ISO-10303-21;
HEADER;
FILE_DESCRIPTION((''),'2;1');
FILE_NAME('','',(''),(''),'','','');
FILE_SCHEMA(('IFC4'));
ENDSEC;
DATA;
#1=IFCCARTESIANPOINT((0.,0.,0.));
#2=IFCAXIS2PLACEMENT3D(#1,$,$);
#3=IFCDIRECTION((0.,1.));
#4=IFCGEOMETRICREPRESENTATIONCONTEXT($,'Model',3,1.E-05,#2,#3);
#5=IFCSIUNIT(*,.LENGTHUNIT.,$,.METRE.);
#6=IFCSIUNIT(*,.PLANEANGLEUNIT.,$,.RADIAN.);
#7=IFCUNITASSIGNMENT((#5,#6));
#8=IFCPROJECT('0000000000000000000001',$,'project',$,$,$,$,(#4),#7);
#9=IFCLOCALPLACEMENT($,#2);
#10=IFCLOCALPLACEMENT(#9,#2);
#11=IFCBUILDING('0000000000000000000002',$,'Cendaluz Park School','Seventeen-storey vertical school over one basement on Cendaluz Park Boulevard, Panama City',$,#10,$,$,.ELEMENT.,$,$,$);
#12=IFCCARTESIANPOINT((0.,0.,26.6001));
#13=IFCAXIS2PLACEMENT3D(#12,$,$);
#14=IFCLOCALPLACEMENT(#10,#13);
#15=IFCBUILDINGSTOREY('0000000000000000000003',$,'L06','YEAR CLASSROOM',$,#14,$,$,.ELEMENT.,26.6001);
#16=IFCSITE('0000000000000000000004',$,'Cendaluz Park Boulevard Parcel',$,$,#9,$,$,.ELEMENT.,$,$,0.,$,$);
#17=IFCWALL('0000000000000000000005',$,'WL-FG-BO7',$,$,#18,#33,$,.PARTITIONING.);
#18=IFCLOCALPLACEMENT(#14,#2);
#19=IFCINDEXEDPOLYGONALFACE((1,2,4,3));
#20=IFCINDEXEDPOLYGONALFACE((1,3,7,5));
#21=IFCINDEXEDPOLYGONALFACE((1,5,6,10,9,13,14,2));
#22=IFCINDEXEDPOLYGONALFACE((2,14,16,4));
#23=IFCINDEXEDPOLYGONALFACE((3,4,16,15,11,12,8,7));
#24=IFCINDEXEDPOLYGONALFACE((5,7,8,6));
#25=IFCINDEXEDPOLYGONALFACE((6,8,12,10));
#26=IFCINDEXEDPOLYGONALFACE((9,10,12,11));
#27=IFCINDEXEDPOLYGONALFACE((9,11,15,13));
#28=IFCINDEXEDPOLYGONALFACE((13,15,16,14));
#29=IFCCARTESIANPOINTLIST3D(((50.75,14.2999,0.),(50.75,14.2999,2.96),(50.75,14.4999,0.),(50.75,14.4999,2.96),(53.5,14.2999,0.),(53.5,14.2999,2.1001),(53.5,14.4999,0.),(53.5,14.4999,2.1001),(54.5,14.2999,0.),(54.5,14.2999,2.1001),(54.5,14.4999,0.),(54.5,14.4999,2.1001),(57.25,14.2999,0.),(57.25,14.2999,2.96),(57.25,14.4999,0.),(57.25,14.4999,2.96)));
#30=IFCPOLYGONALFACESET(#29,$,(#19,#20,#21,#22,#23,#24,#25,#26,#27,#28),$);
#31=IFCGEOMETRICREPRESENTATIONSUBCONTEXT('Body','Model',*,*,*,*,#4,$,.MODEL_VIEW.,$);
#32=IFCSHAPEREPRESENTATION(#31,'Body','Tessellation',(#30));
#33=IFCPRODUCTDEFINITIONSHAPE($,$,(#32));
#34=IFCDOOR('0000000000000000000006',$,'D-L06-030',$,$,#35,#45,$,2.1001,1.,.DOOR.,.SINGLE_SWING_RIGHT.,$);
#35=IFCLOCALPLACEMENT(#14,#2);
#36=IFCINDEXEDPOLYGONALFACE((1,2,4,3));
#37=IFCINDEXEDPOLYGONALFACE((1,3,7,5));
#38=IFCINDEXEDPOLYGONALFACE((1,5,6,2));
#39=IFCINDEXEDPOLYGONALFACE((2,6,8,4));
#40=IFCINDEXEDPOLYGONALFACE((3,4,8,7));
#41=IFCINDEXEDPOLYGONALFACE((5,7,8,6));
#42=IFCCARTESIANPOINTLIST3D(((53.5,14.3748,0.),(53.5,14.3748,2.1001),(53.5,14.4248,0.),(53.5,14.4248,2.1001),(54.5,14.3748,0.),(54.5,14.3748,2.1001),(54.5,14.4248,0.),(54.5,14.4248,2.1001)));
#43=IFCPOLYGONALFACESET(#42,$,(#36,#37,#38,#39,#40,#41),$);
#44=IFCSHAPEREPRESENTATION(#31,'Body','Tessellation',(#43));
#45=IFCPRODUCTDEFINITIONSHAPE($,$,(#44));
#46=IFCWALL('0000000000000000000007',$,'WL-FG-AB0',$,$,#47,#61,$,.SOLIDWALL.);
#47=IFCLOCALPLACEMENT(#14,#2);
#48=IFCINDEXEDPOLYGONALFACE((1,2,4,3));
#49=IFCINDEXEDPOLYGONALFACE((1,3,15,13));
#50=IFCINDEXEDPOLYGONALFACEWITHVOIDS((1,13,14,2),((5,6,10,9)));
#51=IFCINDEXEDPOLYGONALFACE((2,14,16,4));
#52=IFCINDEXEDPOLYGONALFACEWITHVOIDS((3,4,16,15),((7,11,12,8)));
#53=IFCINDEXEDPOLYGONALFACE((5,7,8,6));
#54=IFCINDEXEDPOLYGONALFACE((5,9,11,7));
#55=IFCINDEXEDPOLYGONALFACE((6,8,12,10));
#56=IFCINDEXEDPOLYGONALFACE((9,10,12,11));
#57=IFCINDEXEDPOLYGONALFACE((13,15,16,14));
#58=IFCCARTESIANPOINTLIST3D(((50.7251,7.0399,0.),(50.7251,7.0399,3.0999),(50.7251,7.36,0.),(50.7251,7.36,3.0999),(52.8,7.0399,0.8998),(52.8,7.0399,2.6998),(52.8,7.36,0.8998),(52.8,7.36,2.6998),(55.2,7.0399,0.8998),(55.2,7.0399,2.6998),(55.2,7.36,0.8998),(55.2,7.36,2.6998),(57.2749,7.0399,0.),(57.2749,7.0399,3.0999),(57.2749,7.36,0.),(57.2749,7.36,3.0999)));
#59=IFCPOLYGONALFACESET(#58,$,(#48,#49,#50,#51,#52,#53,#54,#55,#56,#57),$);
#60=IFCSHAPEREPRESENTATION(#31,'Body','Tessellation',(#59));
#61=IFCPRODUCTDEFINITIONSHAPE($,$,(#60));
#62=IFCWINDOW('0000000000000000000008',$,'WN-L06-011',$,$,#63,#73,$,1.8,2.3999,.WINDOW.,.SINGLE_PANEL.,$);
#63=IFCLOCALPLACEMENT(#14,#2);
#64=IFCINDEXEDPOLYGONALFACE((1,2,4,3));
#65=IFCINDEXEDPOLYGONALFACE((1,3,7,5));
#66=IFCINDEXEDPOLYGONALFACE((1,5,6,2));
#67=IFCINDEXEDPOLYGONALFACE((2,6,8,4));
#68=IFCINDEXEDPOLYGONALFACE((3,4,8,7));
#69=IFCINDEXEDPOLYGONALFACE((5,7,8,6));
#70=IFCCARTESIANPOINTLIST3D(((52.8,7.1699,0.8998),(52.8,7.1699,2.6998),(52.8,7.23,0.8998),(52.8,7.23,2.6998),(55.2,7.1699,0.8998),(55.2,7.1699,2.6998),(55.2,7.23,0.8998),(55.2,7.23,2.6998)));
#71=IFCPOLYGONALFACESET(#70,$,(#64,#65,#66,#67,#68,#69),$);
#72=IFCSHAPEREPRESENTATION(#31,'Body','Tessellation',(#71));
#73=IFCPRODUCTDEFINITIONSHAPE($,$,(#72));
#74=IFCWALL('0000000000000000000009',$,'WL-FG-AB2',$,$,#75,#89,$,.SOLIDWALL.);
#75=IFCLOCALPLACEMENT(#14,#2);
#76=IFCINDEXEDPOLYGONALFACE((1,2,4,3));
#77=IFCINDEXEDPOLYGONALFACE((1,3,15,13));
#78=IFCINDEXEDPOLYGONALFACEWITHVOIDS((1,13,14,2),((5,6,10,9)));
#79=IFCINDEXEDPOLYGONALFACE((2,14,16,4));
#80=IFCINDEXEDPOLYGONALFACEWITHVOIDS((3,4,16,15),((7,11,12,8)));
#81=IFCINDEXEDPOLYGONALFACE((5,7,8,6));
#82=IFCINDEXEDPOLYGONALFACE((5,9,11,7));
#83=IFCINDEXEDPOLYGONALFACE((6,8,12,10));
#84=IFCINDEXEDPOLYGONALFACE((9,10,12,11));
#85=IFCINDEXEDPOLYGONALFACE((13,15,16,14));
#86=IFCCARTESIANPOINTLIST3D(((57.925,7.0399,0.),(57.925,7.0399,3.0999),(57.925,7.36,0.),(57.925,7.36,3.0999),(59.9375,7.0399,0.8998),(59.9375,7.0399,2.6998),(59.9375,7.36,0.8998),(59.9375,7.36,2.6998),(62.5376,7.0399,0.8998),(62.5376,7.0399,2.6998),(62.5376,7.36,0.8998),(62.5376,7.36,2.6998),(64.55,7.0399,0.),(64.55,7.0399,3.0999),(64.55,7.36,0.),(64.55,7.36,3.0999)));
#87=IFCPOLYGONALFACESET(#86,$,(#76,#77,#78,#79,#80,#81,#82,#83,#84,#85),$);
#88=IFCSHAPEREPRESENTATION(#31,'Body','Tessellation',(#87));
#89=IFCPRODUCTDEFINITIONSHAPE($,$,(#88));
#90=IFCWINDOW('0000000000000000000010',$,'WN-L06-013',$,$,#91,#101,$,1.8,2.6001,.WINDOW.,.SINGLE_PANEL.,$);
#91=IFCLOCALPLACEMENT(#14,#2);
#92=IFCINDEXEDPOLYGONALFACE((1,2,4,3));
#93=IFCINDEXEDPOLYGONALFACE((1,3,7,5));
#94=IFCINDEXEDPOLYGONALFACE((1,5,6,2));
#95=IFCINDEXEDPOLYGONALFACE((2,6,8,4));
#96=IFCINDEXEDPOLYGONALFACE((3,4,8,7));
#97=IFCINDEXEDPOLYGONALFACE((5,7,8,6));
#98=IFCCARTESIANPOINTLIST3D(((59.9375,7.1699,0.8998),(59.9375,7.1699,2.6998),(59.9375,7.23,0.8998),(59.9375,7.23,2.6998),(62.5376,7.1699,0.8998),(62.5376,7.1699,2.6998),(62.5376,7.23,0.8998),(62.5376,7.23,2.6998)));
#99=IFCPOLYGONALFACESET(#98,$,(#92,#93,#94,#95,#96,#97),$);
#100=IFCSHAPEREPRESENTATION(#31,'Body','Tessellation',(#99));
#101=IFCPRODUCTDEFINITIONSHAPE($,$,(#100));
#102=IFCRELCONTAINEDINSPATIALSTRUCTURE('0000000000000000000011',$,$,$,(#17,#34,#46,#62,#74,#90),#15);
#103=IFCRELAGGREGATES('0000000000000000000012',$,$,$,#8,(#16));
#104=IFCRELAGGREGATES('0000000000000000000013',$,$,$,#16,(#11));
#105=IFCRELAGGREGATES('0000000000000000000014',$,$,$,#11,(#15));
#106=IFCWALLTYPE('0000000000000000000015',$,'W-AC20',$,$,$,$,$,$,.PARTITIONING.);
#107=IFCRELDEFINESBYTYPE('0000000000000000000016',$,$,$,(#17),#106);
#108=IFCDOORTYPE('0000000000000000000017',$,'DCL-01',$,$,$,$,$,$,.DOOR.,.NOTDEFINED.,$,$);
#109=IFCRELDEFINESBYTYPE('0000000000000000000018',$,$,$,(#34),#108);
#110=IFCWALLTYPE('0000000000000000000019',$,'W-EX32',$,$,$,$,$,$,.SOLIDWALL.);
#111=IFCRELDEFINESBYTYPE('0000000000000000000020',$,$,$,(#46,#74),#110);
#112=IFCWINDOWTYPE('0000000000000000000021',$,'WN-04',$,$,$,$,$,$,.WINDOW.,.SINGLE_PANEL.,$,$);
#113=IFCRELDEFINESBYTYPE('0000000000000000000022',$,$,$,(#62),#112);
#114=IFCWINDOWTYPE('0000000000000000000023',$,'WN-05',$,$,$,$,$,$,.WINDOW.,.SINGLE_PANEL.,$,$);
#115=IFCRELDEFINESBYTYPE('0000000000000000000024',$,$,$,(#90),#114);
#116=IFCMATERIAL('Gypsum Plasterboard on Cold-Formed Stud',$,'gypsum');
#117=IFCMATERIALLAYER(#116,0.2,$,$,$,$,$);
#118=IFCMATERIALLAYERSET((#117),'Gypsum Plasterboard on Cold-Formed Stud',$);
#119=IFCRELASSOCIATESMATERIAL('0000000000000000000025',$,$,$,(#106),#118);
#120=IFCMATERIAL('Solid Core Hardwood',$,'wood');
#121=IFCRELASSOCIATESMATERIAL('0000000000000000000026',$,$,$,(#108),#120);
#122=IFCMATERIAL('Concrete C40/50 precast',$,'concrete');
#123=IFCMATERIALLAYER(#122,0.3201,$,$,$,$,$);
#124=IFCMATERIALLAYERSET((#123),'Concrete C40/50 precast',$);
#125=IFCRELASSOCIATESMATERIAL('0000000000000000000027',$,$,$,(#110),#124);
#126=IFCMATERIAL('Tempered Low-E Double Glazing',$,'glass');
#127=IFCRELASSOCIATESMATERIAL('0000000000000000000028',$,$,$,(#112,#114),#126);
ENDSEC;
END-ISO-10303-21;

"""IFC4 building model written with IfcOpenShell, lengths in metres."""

from ifc_helpers import new_model, si_unit, direction, frame, frame_2d, origin, place, context, subcontext, project, spatial, rectangle, extrude, material, layer, layer_set, type_object, element, fill, save


model = new_model("IFC4")

# Units and contexts
model_context = context("Model", 3, precision=1e-05, world=origin(), true_north=direction((0.0, 1.0)))
body_context = subcontext(model_context, "Body", "Model", "MODEL_VIEW")
ifc_project = project(units=[si_unit("LENGTHUNIT", "METRE"), si_unit("PLANEANGLEUNIT", "RADIAN")], contexts=[model_context])

# Site, building, storey
site_placement = place(None, origin())
site = spatial("IfcSite", under=ifc_project, at=site_placement, Name="Cendaluz Park Boulevard Parcel", CompositionType="ELEMENT", RefElevation=0.0)
building_placement = place(site_placement, origin())
building = spatial("IfcBuilding", under=site, at=building_placement, Name="Cendaluz Park School", Description="Seventeen-storey vertical school over one basement on Cendaluz Park Boulevard, Panama City", CompositionType="ELEMENT")
storey_placement = place(building_placement, frame((0.0, 0.0, 26.6001)))
storey = spatial("IfcBuildingStorey", under=building, at=storey_placement, Name="L06", Description="YEAR CLASSROOM", CompositionType="ELEMENT", Elevation=26.6001)

# Wall, opening, door
ifc_material_1 = material(Name="Gypsum Plasterboard on Cold-Formed Stud", Category="gypsum")
ifc_layer_1 = layer(ifc_material_1, 0.2)
ifc_layer_set_1 = layer_set([ifc_layer_1], Name="Gypsum Plasterboard on Cold-Formed Stud")
wall_type_1 = type_object("IfcWallType", Name="W-AC20", PredefinedType="PARTITIONING", material=ifc_layer_set_1)
wall_1_placement = place(storey_placement, frame((50.75, 14.3999, 0.0), z_axis=(0.0, 0.0, 1.0), x_axis=(1.0, 0.0, 0.0)))
wall_1 = element("IfcWall", 1, at=wall_1_placement, inside=storey, type_object=wall_type_1, Name="WL-FG-BO7", PredefinedType="PARTITIONING", context=body_context, shape_type="SweptSolid", body=[
    extrude(rectangle(XDim=6.5, YDim=0.2, at=frame_2d((3.25, 0.0))), origin(), (0.0, 0.0, 1.0), 2.96),
])
opening_1_placement = place(wall_1_placement, frame((2.75, 0.0, 0.0)))
opening_1 = element("IfcOpeningElement", 2, at=opening_1_placement, cuts=wall_1, PredefinedType="OPENING", context=body_context, shape_type="SweptSolid", body=[
    extrude(rectangle(XDim=1.0, YDim=2.1001, at=frame_2d((0.5, 1.05))), frame((0.0, 0.1121, 0.0), z_axis=(0.0, -1.0, 0.0), x_axis=(1.0, 0.0, 0.0)), (0.0, 0.0, 1.0), 0.2239),
])
ifc_material_2 = material(Name="Solid Core Hardwood", Category="wood")
door_type_1 = type_object("IfcDoorType", Name="DCL-01", OperationType="NOTDEFINED", PredefinedType="DOOR", material=ifc_material_2)
door_1_placement = place(opening_1_placement, origin())
door_1 = element("IfcDoor", 3, at=door_1_placement, inside=storey, type_object=door_type_1, Name="D-L06-030", OperationType="SINGLE_SWING_RIGHT", OverallHeight=2.1001, OverallWidth=1.0, PredefinedType="DOOR", context=body_context, shape_type="SweptSolid", body=[
    extrude(rectangle(XDim=1.0, YDim=2.1001, at=frame_2d((0.5, 1.05))), frame((0.0, 0.0249, 0.0), z_axis=(0.0, -1.0, 0.0), x_axis=(1.0, 0.0, 0.0)), (0.0, 0.0, 1.0), 0.05),
])
fill(opening_1, door_1)

# Walls, openings, windows
ifc_material_3 = material(Name="Concrete C40/50 precast", Category="concrete")
ifc_layer_2 = layer(ifc_material_3, 0.3201)
ifc_layer_set_2 = layer_set([ifc_layer_2], Name="Concrete C40/50 precast")
wall_type_2 = type_object("IfcWallType", Name="W-EX32", PredefinedType="SOLIDWALL", material=ifc_layer_set_2)
wall_2_placement = place(storey_placement, frame((50.7251, 7.2, 0.0), z_axis=(0.0, 0.0, 1.0), x_axis=(1.0, 0.0, 0.0)))
wall_2 = element("IfcWall", 4, at=wall_2_placement, inside=storey, type_object=wall_type_2, Name="WL-FG-AB0", PredefinedType="SOLIDWALL", context=body_context, shape_type="SweptSolid", body=[
    extrude(rectangle(XDim=6.5498, YDim=0.3201, at=frame_2d((3.2749, 0.0))), origin(), (0.0, 0.0, 1.0), 3.0999),
])
opening_2_placement = place(wall_2_placement, frame((2.075, 0.0, 0.8999)))
opening_2 = element("IfcOpeningElement", 5, at=opening_2_placement, cuts=wall_2, PredefinedType="OPENING", context=body_context, shape_type="SweptSolid", body=[
    extrude(rectangle(XDim=2.3999, YDim=1.8, at=frame_2d((1.2, 0.8999))), frame((0.0, 0.1721, 0.0), z_axis=(0.0, -1.0, 0.0), x_axis=(1.0, 0.0, 0.0)), (0.0, 0.0, 1.0), 0.344),
])
ifc_material_4 = material(Name="Tempered Low-E Double Glazing", Category="glass")
window_type_1 = type_object("IfcWindowType", Name="WN-04", PartitioningType="SINGLE_PANEL", PredefinedType="WINDOW", material=ifc_material_4)
window_1_placement = place(opening_2_placement, origin())
window_1 = element("IfcWindow", 6, at=window_1_placement, inside=storey, type_object=window_type_1, Name="WN-L06-011", OverallHeight=1.8, OverallWidth=2.3999, PartitioningType="SINGLE_PANEL", PredefinedType="WINDOW", context=body_context, shape_type="SweptSolid", body=[
    extrude(rectangle(XDim=2.3999, YDim=1.8, at=frame_2d((1.2, 0.8999))), frame((0.0, 0.03, 0.0), z_axis=(0.0, -1.0, 0.0), x_axis=(1.0, 0.0, 0.0)), (0.0, 0.0, 1.0), 0.0601),
])
fill(opening_2, window_1)
wall_3_placement = place(storey_placement, frame((57.925, 7.2, 0.0), z_axis=(0.0, 0.0, 1.0), x_axis=(1.0, 0.0, 0.0)))
wall_3 = element("IfcWall", 7, at=wall_3_placement, inside=storey, type_object=wall_type_2, Name="WL-FG-AB2", PredefinedType="SOLIDWALL", context=body_context, shape_type="SweptSolid", body=[
    extrude(rectangle(XDim=6.625, YDim=0.3201, at=frame_2d((3.3125, 0.0))), origin(), (0.0, 0.0, 1.0), 3.0999),
])
opening_3_placement = place(wall_3_placement, frame((2.0125, 0.0, 0.8999)))
opening_3 = element("IfcOpeningElement", 8, at=opening_3_placement, cuts=wall_3, PredefinedType="OPENING", context=body_context, shape_type="SweptSolid", body=[
    extrude(rectangle(XDim=2.6001, YDim=1.8, at=frame_2d((1.3, 0.8999))), frame((0.0, 0.1721, 0.0), z_axis=(0.0, -1.0, 0.0), x_axis=(1.0, 0.0, 0.0)), (0.0, 0.0, 1.0), 0.344),
])
window_type_2 = type_object("IfcWindowType", Name="WN-05", PartitioningType="SINGLE_PANEL", PredefinedType="WINDOW", material=ifc_material_4)
window_2_placement = place(opening_3_placement, origin())
window_2 = element("IfcWindow", 9, at=window_2_placement, inside=storey, type_object=window_type_2, Name="WN-L06-013", OverallHeight=1.8, OverallWidth=2.6001, PartitioningType="SINGLE_PANEL", PredefinedType="WINDOW", context=body_context, shape_type="SweptSolid", body=[
    extrude(rectangle(XDim=2.6001, YDim=1.8, at=frame_2d((1.3, 0.8999))), frame((0.0, 0.03, 0.0), z_axis=(0.0, -1.0, 0.0), x_axis=(1.0, 0.0, 0.0)), (0.0, 0.0, 1.0), 0.0601),
])
fill(opening_3, window_2)

save(model, "model.ifc")
